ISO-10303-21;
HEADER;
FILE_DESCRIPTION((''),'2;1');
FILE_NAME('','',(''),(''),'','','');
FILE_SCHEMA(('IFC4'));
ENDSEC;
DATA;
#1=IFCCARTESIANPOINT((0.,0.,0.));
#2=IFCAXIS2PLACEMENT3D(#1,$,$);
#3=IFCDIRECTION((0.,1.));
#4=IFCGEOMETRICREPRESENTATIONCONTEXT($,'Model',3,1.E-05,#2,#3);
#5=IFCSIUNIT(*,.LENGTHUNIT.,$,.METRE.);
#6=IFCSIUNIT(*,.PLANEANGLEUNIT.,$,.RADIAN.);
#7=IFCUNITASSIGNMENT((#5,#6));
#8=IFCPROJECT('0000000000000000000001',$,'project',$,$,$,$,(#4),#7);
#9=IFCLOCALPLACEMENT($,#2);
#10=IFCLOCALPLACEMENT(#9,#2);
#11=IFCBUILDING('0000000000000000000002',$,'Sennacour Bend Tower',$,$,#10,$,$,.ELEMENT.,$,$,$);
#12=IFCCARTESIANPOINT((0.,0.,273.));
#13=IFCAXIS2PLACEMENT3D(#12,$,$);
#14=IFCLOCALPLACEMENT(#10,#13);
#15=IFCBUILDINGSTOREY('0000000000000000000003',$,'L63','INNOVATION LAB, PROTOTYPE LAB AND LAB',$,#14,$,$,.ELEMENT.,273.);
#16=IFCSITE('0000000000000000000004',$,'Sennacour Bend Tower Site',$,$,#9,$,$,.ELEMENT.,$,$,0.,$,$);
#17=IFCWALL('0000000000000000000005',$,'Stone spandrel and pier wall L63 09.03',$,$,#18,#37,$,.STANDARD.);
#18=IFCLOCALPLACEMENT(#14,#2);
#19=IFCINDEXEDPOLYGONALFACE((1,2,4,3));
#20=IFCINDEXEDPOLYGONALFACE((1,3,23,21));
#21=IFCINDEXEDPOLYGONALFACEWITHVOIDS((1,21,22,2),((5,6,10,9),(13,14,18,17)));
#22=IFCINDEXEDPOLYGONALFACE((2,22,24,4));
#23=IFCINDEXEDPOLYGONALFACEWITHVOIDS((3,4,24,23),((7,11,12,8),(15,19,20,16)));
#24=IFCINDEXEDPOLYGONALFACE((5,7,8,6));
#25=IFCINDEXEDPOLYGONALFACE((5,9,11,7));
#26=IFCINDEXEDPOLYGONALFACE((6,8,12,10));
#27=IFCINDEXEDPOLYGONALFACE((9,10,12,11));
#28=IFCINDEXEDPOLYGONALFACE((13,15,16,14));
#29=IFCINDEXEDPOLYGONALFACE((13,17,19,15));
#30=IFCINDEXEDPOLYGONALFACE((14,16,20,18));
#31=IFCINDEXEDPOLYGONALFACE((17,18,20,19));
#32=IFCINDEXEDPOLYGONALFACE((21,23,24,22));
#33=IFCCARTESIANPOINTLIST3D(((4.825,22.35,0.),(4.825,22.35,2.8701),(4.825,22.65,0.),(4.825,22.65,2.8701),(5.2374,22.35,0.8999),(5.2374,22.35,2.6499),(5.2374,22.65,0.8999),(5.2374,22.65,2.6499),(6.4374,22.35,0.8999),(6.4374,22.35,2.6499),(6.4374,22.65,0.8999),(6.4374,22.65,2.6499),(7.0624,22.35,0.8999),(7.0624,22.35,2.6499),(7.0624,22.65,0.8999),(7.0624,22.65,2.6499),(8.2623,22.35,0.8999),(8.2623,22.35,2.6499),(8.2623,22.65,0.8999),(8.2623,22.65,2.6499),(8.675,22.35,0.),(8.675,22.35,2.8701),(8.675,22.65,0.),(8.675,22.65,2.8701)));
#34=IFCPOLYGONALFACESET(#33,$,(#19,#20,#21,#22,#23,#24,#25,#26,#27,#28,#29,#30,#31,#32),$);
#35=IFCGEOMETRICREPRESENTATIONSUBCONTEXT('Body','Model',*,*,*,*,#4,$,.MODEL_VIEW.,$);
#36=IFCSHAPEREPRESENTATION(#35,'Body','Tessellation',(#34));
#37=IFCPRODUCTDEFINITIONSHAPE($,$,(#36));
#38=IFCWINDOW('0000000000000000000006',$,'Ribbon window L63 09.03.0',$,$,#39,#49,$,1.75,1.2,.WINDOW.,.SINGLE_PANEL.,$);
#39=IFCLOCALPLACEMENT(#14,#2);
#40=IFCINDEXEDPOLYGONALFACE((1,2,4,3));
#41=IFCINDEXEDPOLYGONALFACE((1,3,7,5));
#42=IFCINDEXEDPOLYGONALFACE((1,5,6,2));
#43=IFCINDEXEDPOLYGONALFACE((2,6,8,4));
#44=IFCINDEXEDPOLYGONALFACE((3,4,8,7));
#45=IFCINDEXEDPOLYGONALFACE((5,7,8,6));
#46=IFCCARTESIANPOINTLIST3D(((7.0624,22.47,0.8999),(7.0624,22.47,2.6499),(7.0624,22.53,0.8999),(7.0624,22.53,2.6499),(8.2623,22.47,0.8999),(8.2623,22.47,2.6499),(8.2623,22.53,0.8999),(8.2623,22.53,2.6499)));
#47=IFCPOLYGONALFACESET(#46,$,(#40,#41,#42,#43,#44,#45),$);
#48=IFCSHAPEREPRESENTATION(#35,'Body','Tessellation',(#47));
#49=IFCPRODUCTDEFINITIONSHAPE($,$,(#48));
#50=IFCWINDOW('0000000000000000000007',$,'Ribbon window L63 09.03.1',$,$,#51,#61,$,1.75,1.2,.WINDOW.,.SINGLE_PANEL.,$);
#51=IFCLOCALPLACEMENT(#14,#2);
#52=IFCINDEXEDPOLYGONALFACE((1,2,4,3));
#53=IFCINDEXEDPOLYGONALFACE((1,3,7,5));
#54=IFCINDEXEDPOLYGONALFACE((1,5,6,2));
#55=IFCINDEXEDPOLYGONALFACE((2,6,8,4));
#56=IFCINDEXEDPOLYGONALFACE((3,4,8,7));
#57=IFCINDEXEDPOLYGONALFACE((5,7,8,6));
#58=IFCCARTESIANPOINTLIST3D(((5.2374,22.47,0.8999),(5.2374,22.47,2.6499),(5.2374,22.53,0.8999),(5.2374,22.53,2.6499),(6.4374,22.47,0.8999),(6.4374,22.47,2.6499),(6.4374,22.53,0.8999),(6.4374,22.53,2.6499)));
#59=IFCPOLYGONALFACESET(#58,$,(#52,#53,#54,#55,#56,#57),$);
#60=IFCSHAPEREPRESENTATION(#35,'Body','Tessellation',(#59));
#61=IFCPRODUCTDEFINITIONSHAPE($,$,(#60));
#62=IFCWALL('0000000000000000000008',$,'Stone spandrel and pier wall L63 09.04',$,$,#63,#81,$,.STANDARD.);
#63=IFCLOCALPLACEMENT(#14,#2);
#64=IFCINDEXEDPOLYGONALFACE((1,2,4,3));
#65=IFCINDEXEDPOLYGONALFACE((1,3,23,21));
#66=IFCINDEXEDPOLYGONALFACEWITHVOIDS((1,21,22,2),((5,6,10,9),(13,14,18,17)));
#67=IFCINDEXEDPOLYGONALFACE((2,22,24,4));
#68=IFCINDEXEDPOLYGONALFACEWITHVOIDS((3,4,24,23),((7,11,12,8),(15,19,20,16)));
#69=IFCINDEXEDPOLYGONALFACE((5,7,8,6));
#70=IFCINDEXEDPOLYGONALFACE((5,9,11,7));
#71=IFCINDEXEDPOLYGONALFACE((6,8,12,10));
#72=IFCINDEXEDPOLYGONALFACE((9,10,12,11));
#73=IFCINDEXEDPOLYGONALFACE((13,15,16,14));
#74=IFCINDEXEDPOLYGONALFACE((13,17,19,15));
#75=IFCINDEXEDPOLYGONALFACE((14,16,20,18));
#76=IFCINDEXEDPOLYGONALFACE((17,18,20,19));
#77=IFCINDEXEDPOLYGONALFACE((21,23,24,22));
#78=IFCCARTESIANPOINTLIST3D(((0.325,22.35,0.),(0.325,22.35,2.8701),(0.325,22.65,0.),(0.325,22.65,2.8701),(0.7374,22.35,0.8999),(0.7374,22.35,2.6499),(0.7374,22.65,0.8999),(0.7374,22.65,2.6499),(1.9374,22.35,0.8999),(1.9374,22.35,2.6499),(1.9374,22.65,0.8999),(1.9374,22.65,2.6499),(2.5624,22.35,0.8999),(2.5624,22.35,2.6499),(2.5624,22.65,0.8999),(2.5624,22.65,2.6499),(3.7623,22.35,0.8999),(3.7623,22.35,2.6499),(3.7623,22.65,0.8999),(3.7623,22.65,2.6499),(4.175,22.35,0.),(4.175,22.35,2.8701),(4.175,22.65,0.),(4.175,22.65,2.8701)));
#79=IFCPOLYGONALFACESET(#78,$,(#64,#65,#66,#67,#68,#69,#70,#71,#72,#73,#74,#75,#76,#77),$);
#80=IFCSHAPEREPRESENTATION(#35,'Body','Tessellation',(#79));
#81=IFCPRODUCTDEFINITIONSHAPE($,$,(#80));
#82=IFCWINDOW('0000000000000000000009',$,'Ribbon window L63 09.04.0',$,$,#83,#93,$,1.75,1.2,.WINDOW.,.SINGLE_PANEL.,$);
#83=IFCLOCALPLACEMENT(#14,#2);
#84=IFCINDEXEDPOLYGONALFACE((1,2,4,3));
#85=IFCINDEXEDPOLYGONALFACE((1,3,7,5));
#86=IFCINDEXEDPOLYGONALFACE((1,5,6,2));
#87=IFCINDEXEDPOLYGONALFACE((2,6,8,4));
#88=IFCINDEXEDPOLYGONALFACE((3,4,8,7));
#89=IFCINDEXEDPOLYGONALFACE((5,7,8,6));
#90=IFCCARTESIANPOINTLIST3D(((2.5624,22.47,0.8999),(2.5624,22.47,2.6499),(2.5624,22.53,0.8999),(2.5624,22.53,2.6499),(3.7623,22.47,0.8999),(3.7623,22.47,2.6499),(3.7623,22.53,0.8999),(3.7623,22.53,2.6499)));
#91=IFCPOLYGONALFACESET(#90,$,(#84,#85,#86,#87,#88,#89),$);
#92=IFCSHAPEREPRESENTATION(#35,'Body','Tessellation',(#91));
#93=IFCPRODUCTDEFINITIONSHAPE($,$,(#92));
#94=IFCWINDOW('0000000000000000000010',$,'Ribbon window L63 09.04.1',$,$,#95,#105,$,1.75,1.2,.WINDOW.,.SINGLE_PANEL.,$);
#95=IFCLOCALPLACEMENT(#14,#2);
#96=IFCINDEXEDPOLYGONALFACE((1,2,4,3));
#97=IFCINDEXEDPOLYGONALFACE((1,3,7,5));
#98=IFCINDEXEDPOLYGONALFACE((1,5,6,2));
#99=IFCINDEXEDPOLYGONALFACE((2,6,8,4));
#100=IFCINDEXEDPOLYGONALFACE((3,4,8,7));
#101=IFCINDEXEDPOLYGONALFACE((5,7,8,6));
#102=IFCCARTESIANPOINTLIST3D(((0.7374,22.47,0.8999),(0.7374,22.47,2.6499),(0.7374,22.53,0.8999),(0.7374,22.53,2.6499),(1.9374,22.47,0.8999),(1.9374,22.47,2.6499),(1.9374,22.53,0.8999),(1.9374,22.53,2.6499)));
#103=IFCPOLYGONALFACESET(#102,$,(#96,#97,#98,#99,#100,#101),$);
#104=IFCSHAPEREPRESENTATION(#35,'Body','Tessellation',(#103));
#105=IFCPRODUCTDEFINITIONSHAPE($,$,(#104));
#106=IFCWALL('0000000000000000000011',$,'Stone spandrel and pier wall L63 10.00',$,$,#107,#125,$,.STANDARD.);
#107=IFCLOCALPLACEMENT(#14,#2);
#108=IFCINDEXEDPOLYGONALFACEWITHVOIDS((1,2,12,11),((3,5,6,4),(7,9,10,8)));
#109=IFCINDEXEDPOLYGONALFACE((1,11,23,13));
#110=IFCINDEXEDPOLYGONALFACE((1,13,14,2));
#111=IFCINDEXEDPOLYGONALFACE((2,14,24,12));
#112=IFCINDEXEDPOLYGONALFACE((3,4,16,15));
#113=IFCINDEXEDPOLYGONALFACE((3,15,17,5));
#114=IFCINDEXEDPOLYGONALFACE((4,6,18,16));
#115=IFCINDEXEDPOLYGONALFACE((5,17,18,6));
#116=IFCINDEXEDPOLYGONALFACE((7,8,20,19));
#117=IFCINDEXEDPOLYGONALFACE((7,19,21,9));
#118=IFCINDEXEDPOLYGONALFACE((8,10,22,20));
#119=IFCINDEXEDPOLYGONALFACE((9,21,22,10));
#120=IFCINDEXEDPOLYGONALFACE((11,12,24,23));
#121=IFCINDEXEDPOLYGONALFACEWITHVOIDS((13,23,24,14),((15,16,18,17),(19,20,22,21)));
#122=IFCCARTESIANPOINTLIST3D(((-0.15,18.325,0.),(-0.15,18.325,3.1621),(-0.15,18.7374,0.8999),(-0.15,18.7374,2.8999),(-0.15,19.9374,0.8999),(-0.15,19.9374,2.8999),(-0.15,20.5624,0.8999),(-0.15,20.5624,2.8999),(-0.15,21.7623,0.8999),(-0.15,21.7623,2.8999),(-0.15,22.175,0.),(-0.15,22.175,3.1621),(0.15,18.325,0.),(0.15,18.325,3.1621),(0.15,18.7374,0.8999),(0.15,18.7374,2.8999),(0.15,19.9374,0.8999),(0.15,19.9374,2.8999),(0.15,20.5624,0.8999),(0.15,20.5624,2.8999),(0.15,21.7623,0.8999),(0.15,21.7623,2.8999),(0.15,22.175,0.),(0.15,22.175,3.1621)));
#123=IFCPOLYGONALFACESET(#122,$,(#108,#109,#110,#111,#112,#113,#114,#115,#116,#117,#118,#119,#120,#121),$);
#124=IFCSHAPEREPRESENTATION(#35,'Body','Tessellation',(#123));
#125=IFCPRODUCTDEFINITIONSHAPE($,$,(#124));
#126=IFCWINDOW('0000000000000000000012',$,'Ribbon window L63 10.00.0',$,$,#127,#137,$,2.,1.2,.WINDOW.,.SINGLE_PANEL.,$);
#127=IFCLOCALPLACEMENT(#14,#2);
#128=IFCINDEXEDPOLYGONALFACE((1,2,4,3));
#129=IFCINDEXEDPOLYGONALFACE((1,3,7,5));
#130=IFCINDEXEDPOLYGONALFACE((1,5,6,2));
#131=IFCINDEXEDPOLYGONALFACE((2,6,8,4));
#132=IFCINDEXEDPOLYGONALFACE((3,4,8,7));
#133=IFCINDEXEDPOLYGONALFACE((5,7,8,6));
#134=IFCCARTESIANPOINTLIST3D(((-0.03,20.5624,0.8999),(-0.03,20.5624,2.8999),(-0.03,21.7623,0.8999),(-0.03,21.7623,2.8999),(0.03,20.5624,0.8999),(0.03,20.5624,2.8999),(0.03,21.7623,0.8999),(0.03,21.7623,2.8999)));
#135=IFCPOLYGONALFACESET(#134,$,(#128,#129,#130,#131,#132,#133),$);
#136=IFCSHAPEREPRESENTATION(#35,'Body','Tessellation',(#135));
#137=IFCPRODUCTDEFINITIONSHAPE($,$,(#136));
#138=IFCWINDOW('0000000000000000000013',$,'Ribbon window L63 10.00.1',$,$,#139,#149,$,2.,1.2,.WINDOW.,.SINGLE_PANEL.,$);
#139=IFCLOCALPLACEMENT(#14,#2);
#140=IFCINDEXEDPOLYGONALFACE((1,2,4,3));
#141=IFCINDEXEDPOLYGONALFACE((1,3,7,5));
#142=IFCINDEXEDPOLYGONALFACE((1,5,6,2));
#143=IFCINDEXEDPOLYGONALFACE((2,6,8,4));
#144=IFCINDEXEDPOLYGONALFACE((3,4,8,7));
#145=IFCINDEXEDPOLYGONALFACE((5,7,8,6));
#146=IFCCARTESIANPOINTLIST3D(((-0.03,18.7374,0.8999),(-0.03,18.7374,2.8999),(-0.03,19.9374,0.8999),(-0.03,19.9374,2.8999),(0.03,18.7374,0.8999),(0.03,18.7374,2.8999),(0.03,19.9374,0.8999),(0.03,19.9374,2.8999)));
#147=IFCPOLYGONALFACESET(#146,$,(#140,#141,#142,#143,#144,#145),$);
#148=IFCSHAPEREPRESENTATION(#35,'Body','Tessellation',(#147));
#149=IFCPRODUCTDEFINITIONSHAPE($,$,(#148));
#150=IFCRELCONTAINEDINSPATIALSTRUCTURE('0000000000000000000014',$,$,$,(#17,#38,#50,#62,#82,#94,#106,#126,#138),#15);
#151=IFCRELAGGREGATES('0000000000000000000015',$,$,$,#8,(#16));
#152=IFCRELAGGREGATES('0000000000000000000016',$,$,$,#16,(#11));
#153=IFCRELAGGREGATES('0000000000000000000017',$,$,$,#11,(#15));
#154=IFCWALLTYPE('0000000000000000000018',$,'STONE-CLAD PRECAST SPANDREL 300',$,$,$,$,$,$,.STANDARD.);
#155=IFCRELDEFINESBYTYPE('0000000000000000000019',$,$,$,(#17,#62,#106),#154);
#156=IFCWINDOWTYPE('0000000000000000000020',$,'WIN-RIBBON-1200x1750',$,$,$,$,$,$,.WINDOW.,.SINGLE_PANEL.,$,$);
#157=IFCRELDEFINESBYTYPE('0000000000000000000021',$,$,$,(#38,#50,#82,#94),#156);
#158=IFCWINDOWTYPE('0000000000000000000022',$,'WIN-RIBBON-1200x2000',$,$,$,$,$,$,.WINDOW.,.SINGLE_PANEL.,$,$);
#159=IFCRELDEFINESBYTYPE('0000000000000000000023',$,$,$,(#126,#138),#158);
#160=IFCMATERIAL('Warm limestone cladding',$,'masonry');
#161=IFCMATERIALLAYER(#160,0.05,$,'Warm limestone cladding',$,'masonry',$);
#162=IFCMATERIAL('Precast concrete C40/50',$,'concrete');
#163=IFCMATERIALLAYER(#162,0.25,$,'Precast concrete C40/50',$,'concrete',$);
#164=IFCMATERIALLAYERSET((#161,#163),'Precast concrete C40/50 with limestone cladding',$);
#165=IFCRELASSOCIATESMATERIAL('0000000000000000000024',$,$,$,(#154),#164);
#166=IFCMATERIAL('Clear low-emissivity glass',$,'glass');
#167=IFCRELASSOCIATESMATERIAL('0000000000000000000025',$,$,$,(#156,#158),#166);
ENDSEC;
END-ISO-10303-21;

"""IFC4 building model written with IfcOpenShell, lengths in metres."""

from ifc_helpers import new_model, si_unit, direction, frame, frame_2d, origin, place, context, subcontext, project, spatial, rectangle, extrude, material, layer, layer_set, type_object, element, fill, save


model = new_model("IFC4")

# Units and contexts
model_context = context("Model", 3, precision=1e-05, world=origin(), true_north=direction((0.0, 1.0)))
body_context = subcontext(model_context, "Body", "Model", "MODEL_VIEW")
ifc_project = project(units=[si_unit("LENGTHUNIT", "METRE"), si_unit("PLANEANGLEUNIT", "RADIAN")], contexts=[model_context])

# Site, building, storey
site_placement = place(None, origin())
site = spatial("IfcSite", under=ifc_project, at=site_placement, Name="Sennacour Bend Tower Site", CompositionType="ELEMENT", RefElevation=0.0)
building_placement = place(site_placement, origin())
building = spatial("IfcBuilding", under=site, at=building_placement, Name="Sennacour Bend Tower", CompositionType="ELEMENT")
storey_placement = place(building_placement, frame((0.0, 0.0, 273.0)))
storey = spatial("IfcBuildingStorey", under=building, at=storey_placement, Name="L63", Description="INNOVATION LAB, PROTOTYPE LAB AND LAB", CompositionType="ELEMENT", Elevation=273.0)

# Walls, openings, windows
ifc_material_1 = material(Name="Warm limestone cladding", Category="masonry")
ifc_layer_1 = layer(ifc_material_1, 0.05, Name="Warm limestone cladding", Category="masonry")
ifc_material_2 = material(Name="Precast concrete C40/50", Category="concrete")
ifc_layer_2 = layer(ifc_material_2, 0.25, Name="Precast concrete C40/50", Category="concrete")
ifc_layer_set_1 = layer_set([ifc_layer_1, ifc_layer_2], Name="Precast concrete C40/50 with limestone cladding")
wall_type_1 = type_object("IfcWallType", Name="STONE-CLAD PRECAST SPANDREL 300", PredefinedType="STANDARD", material=ifc_layer_set_1)
wall_1_placement = place(storey_placement, frame((8.675, 22.5, 0.0), z_axis=(0.0, 0.0, 1.0), x_axis=(-1.0, 0.0, 0.0)))
wall_1 = element("IfcWall", 1, at=wall_1_placement, inside=storey, type_object=wall_type_1, Name="Stone spandrel and pier wall L63 09.03", PredefinedType="STANDARD", context=body_context, shape_type="SweptSolid", body=[
    extrude(rectangle(XDim=3.8501, YDim=0.3, at=frame_2d((1.925, 0.0))), origin(), (0.0, 0.0, 1.0), 2.8701),
])
opening_1_placement = place(wall_1_placement, frame((0.4126, 0.0, 0.8999)))
opening_1 = element("IfcOpeningElement", 2, at=opening_1_placement, cuts=wall_1, PredefinedType="OPENING", context=body_context, shape_type="SweptSolid", body=[
    extrude(rectangle(XDim=1.2, YDim=1.75, at=frame_2d((0.6001, 0.875))), frame((0.0, 0.1602, 0.0), z_axis=(0.0, -1.0, 0.0), x_axis=(1.0, 0.0, 0.0)), (0.0, 0.0, 1.0), 0.3201),
])
opening_2_placement = place(wall_1_placement, frame((2.2375, 0.0, 0.8999)))
opening_2 = element("IfcOpeningElement", 3, at=opening_2_placement, cuts=wall_1, PredefinedType="OPENING", context=body_context, shape_type="SweptSolid", body=[
    extrude(rectangle(XDim=1.2, YDim=1.75, at=frame_2d((0.6001, 0.875))), frame((0.0, 0.1602, 0.0), z_axis=(0.0, -1.0, 0.0), x_axis=(1.0, 0.0, 0.0)), (0.0, 0.0, 1.0), 0.3201),
])
ifc_material_3 = material(Name="Clear low-emissivity glass", Category="glass")
window_type_1 = type_object("IfcWindowType", Name="WIN-RIBBON-1200x1750", PartitioningType="SINGLE_PANEL", PredefinedType="WINDOW", material=ifc_material_3)
window_1_placement = place(opening_1_placement, origin())
window_1 = element("IfcWindow", 4, at=window_1_placement, inside=storey, type_object=window_type_1, Name="Ribbon window L63 09.03.0", OverallHeight=1.75, OverallWidth=1.2, PartitioningType="SINGLE_PANEL", PredefinedType="WINDOW", context=body_context, shape_type="SweptSolid", body=[
    extrude(rectangle(XDim=1.2, YDim=1.75, at=frame_2d((0.6001, 0.875))), frame((0.0, 0.03, 0.0), z_axis=(0.0, -1.0, 0.0), x_axis=(1.0, 0.0, 0.0)), (0.0, 0.0, 1.0), 0.0601),
])
fill(opening_1, window_1)
window_2_placement = place(opening_2_placement, origin())
window_2 = element("IfcWindow", 5, at=window_2_placement, inside=storey, type_object=window_type_1, Name="Ribbon window L63 09.03.1", OverallHeight=1.75, OverallWidth=1.2, PartitioningType="SINGLE_PANEL", PredefinedType="WINDOW", context=body_context, shape_type="SweptSolid", body=[
    extrude(rectangle(XDim=1.2, YDim=1.75, at=frame_2d((0.6001, 0.875))), frame((0.0, 0.03, 0.0), z_axis=(0.0, -1.0, 0.0), x_axis=(1.0, 0.0, 0.0)), (0.0, 0.0, 1.0), 0.0601),
])
fill(opening_2, window_2)
wall_2_placement = place(storey_placement, frame((4.175, 22.5, 0.0), z_axis=(0.0, 0.0, 1.0), x_axis=(-1.0, 0.0, 0.0)))
wall_2 = element("IfcWall", 6, at=wall_2_placement, inside=storey, type_object=wall_type_1, Name="Stone spandrel and pier wall L63 09.04", PredefinedType="STANDARD", context=body_context, shape_type="SweptSolid", body=[
    extrude(rectangle(XDim=3.8501, YDim=0.3, at=frame_2d((1.925, 0.0))), origin(), (0.0, 0.0, 1.0), 2.8701),
])
opening_3_placement = place(wall_2_placement, frame((0.4126, 0.0, 0.8999)))
opening_3 = element("IfcOpeningElement", 7, at=opening_3_placement, cuts=wall_2, PredefinedType="OPENING", context=body_context, shape_type="SweptSolid", body=[
    extrude(rectangle(XDim=1.2, YDim=1.75, at=frame_2d((0.6001, 0.875))), frame((0.0, 0.1602, 0.0), z_axis=(0.0, -1.0, 0.0), x_axis=(1.0, 0.0, 0.0)), (0.0, 0.0, 1.0), 0.3201),
])
opening_4_placement = place(wall_2_placement, frame((2.2375, 0.0, 0.8999)))
opening_4 = element("IfcOpeningElement", 8, at=opening_4_placement, cuts=wall_2, PredefinedType="OPENING", context=body_context, shape_type="SweptSolid", body=[
    extrude(rectangle(XDim=1.2, YDim=1.75, at=frame_2d((0.6001, 0.875))), frame((0.0, 0.1602, 0.0), z_axis=(0.0, -1.0, 0.0), x_axis=(1.0, 0.0, 0.0)), (0.0, 0.0, 1.0), 0.3201),
])
window_3_placement = place(opening_3_placement, origin())
window_3 = element("IfcWindow", 9, at=window_3_placement, inside=storey, type_object=window_type_1, Name="Ribbon window L63 09.04.0", OverallHeight=1.75, OverallWidth=1.2, PartitioningType="SINGLE_PANEL", PredefinedType="WINDOW", context=body_context, shape_type="SweptSolid", body=[
    extrude(rectangle(XDim=1.2, YDim=1.75, at=frame_2d((0.6001, 0.875))), frame((0.0, 0.03, 0.0), z_axis=(0.0, -1.0, 0.0), x_axis=(1.0, 0.0, 0.0)), (0.0, 0.0, 1.0), 0.0601),
])
fill(opening_3, window_3)
window_4_placement = place(opening_4_placement, origin())
window_4 = element("IfcWindow", 10, at=window_4_placement, inside=storey, type_object=window_type_1, Name="Ribbon window L63 09.04.1", OverallHeight=1.75, OverallWidth=1.2, PartitioningType="SINGLE_PANEL", PredefinedType="WINDOW", context=body_context, shape_type="SweptSolid", body=[
    extrude(rectangle(XDim=1.2, YDim=1.75, at=frame_2d((0.6001, 0.875))), frame((0.0, 0.03, 0.0), z_axis=(0.0, -1.0, 0.0), x_axis=(1.0, 0.0, 0.0)), (0.0, 0.0, 1.0), 0.0601),
])
fill(opening_4, window_4)
wall_3_placement = place(storey_placement, frame((0.0, 22.175, 0.0), z_axis=(0.0, 0.0, 1.0), x_axis=(0.0, -1.0, 0.0)))
wall_3 = element("IfcWall", 11, at=wall_3_placement, inside=storey, type_object=wall_type_1, Name="Stone spandrel and pier wall L63 10.00", PredefinedType="STANDARD", context=body_context, shape_type="SweptSolid", body=[
    extrude(rectangle(XDim=3.8501, YDim=0.3, at=frame_2d((1.925, 0.0))), origin(), (0.0, 0.0, 1.0), 3.1621),
])
opening_5_placement = place(wall_3_placement, frame((0.4126, 0.0, 0.8999)))
opening_5 = element("IfcOpeningElement", 12, at=opening_5_placement, cuts=wall_3, PredefinedType="OPENING", context=body_context, shape_type="SweptSolid", body=[
    extrude(rectangle(XDim=1.2, YDim=2.0, at=frame_2d((0.6001, 1.0))), frame((0.0, 0.1602, 0.0), z_axis=(0.0, -1.0, 0.0), x_axis=(1.0, 0.0, 0.0)), (0.0, 0.0, 1.0), 0.3201),
])
opening_6_placement = place(wall_3_placement, frame((2.2375, 0.0, 0.8999)))
opening_6 = element("IfcOpeningElement", 13, at=opening_6_placement, cuts=wall_3, PredefinedType="OPENING", context=body_context, shape_type="SweptSolid", body=[
    extrude(rectangle(XDim=1.2, YDim=2.0, at=frame_2d((0.6001, 1.0))), frame((0.0, 0.1602, 0.0), z_axis=(0.0, -1.0, 0.0), x_axis=(1.0, 0.0, 0.0)), (0.0, 0.0, 1.0), 0.3201),
])
window_type_2 = type_object("IfcWindowType", Name="WIN-RIBBON-1200x2000", PartitioningType="SINGLE_PANEL", PredefinedType="WINDOW", material=ifc_material_3)
window_5_placement = place(opening_5_placement, origin())
window_5 = element("IfcWindow", 14, at=window_5_placement, inside=storey, type_object=window_type_2, Name="Ribbon window L63 10.00.0", OverallHeight=2.0, OverallWidth=1.2, PartitioningType="SINGLE_PANEL", PredefinedType="WINDOW", context=body_context, shape_type="SweptSolid", body=[
    extrude(rectangle(XDim=1.2, YDim=2.0, at=frame_2d((0.6001, 1.0))), frame((0.0, 0.03, 0.0), z_axis=(0.0, -1.0, 0.0), x_axis=(1.0, 0.0, 0.0)), (0.0, 0.0, 1.0), 0.0601),
])
fill(opening_5, window_5)
window_6_placement = place(opening_6_placement, origin())
window_6 = element("IfcWindow", 15, at=window_6_placement, inside=storey, type_object=window_type_2, Name="Ribbon window L63 10.00.1", OverallHeight=2.0, OverallWidth=1.2, PartitioningType="SINGLE_PANEL", PredefinedType="WINDOW", context=body_context, shape_type="SweptSolid", body=[
    extrude(rectangle(XDim=1.2, YDim=2.0, at=frame_2d((0.6001, 1.0))), frame((0.0, 0.03, 0.0), z_axis=(0.0, -1.0, 0.0), x_axis=(1.0, 0.0, 0.0)), (0.0, 0.0, 1.0), 0.0601),
])
fill(opening_6, window_6)

save(model, "model.ifc")
